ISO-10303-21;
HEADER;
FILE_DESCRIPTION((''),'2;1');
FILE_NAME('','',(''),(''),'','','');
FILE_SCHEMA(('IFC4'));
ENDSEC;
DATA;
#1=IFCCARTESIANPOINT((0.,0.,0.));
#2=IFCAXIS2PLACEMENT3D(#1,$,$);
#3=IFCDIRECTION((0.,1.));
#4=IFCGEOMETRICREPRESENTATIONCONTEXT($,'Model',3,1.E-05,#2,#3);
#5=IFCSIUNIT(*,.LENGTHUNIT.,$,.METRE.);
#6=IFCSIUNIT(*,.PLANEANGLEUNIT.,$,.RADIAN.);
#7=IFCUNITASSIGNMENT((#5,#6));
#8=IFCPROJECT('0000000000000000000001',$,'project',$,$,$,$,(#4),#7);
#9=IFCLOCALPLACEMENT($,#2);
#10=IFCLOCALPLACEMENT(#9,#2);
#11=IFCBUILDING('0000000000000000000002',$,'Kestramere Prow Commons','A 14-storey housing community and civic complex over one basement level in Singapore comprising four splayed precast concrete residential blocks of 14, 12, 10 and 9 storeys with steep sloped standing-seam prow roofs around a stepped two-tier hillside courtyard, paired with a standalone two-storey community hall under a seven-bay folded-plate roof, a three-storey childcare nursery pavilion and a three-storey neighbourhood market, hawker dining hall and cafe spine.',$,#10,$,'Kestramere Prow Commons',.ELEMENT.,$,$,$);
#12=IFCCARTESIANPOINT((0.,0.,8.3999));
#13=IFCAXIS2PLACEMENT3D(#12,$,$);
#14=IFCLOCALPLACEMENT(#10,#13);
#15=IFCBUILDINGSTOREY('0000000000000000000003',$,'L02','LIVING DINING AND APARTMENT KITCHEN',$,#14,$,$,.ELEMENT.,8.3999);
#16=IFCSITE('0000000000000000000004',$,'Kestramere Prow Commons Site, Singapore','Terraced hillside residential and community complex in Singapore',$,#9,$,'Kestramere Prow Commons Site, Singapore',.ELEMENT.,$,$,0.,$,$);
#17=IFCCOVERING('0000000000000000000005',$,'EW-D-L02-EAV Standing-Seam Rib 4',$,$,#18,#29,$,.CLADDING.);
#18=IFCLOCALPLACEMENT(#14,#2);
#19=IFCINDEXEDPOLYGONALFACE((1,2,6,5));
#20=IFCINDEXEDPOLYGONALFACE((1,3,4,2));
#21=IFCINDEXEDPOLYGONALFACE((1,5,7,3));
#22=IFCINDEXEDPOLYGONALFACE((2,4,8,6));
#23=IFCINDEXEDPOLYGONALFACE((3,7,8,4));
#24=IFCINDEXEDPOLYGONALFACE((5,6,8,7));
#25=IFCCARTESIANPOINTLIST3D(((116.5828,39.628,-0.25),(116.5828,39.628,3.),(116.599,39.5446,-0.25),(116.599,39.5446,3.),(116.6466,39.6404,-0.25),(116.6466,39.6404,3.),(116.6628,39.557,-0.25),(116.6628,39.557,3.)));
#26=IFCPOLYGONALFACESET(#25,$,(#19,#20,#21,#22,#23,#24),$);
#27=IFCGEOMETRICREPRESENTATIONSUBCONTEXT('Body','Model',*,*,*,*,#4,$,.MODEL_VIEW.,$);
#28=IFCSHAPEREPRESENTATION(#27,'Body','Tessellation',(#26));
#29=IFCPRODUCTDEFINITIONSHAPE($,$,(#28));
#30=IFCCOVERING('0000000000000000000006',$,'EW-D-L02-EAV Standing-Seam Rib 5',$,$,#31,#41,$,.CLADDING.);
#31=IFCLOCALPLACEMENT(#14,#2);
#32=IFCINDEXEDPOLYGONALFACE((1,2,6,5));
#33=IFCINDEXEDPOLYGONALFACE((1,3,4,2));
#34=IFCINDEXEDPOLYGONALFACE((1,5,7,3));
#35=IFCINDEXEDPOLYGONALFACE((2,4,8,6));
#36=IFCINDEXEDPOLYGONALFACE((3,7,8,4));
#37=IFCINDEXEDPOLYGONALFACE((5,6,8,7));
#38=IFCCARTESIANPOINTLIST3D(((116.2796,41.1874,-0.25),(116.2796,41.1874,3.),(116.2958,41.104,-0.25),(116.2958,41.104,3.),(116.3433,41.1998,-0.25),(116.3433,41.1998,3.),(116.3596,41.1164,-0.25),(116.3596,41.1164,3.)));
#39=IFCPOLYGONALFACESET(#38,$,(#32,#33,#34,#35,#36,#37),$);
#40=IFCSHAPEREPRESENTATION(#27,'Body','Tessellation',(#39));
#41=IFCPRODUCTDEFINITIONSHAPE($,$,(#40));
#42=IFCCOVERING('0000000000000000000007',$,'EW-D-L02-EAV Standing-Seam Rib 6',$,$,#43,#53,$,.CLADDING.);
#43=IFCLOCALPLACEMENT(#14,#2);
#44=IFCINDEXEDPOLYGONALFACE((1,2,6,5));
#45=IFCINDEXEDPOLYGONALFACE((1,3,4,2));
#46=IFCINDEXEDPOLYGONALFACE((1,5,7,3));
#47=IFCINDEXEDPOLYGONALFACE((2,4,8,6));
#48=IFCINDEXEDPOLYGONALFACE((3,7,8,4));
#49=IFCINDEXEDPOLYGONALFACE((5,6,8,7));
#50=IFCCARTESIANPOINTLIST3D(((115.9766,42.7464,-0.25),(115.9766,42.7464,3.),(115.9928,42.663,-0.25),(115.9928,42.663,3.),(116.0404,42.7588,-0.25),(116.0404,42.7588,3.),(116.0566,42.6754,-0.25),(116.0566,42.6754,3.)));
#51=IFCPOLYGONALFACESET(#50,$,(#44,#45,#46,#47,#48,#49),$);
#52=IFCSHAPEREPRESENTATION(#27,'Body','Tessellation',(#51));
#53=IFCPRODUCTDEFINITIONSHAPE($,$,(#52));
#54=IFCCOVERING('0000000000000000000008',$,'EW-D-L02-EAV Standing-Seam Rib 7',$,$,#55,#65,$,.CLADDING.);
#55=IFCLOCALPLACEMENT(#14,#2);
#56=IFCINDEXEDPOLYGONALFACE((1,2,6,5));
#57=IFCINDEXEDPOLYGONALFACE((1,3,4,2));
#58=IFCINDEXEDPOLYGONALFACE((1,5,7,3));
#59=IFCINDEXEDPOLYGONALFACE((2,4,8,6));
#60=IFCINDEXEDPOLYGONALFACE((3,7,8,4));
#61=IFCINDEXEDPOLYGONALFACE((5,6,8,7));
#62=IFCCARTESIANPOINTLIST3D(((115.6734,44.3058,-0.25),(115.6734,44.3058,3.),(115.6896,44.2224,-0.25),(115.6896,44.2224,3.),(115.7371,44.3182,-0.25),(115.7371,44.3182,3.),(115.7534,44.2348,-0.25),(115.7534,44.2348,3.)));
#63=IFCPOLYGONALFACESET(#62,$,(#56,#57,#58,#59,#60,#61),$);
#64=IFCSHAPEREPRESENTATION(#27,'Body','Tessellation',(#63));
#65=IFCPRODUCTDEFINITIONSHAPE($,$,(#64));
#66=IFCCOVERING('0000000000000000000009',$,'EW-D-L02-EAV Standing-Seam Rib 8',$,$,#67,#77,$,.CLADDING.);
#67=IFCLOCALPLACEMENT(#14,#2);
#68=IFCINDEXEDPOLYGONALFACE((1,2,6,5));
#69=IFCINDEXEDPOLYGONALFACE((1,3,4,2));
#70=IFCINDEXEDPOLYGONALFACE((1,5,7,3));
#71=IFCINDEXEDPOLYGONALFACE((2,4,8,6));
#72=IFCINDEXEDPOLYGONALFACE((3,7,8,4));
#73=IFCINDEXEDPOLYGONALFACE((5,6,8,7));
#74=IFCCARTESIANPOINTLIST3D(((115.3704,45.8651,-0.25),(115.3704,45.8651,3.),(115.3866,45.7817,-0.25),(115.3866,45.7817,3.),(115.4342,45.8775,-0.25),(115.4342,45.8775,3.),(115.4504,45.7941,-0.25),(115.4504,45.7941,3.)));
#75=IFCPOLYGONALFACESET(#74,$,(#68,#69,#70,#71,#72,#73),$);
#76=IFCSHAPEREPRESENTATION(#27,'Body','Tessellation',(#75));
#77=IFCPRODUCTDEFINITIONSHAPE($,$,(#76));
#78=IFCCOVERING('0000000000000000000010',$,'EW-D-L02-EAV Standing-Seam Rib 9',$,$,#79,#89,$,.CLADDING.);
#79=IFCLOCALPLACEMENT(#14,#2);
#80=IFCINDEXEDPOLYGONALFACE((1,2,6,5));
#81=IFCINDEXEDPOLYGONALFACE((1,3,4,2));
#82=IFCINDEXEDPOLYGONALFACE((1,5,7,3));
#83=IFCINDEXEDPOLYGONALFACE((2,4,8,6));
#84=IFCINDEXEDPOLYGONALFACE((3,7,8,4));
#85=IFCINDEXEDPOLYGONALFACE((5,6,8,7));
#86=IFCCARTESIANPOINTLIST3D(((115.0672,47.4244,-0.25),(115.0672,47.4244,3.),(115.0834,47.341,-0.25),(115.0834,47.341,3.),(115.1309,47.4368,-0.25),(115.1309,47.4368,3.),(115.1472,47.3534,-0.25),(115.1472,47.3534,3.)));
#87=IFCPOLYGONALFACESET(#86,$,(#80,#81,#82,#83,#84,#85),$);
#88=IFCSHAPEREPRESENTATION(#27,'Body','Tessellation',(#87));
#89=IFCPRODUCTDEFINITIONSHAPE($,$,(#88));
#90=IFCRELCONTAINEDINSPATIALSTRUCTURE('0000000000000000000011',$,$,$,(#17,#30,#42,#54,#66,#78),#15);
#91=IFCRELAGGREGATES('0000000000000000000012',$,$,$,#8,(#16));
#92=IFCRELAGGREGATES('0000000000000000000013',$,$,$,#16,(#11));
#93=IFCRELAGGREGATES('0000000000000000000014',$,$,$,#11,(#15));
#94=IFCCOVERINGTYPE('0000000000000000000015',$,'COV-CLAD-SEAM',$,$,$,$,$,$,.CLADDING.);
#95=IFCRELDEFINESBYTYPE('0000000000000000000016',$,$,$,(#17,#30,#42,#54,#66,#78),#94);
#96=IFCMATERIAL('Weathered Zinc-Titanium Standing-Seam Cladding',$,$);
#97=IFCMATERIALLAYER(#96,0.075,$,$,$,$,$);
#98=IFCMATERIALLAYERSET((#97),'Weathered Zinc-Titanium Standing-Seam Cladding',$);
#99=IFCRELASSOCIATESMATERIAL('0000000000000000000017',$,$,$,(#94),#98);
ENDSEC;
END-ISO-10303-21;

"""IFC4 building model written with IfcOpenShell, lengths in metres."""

from ifc_helpers import new_model, si_unit, direction, frame, origin, origin_2d, place, context, subcontext, project, spatial, rectangle, extrude, material, layer, layer_set, type_object, element, save


model = new_model("IFC4")

# Units and contexts
model_context = context("Model", 3, precision=1e-05, world=origin(), true_north=direction((0.0, 1.0)))
body_context = subcontext(model_context, "Body", "Model", "MODEL_VIEW")
ifc_project = project(units=[si_unit("LENGTHUNIT", "METRE"), si_unit("PLANEANGLEUNIT", "RADIAN")], contexts=[model_context])

# Site, building, storey
site_placement = place(None, origin())
site = spatial("IfcSite", under=ifc_project, at=site_placement, Name="Kestramere Prow Commons Site, Singapore", Description="Terraced hillside residential and community complex in Singapore", LongName="Kestramere Prow Commons Site, Singapore", CompositionType="ELEMENT", RefElevation=0.0)
building_placement = place(site_placement, origin())
building = spatial("IfcBuilding", under=site, at=building_placement, Name="Kestramere Prow Commons", Description="A 14-storey housing community and civic complex over one basement level in Singapore comprising four splayed precast concrete residential blocks of 14, 12, 10 and 9 storeys with steep sloped standing-seam prow roofs around a stepped two-tier hillside courtyard, paired with a standalone two-storey community hall under a seven-bay folded-plate roof, a three-storey childcare nursery pavilion and a three-storey neighbourhood market, hawker dining hall and cafe spine.", LongName="Kestramere Prow Commons", CompositionType="ELEMENT")
storey_placement = place(building_placement, frame((0.0, 0.0, 8.3999)))
storey = spatial("IfcBuildingStorey", under=building, at=storey_placement, Name="L02", Description="LIVING DINING AND APARTMENT KITCHEN", CompositionType="ELEMENT", Elevation=8.3999)

# Coverings
ifc_material_1 = material(Name="Weathered Zinc-Titanium Standing-Seam Cladding")
ifc_layer_1 = layer(ifc_material_1, 0.075)
ifc_layer_set_1 = layer_set([ifc_layer_1], Name="Weathered Zinc-Titanium Standing-Seam Cladding")
covering_type = type_object("IfcCoveringType", Name="COV-CLAD-SEAM", PredefinedType="CLADDING", material=ifc_layer_set_1)
for number, where, z_axis, x_axis, name in (
    (1, (116.6228, 39.5925, -0.25), (0.0, 0.0, 1.0), (-0.190809, 0.981627, 0.0), "EW-D-L02-EAV Standing-Seam Rib 4"),
    (2, (116.3196, 41.1519, -0.25), (0.0, 0.0, 1.0), (-0.190809, 0.981627, 0.0), "EW-D-L02-EAV Standing-Seam Rib 5"),
    (3, (116.0166, 42.7109, -0.25), (0.0, 0.0, 1.0), (-0.190809, 0.981627, 0.0), "EW-D-L02-EAV Standing-Seam Rib 6"),
    (4, (115.7134, 44.2703, -0.25), (0.0, 0.0, 1.0), (-0.190809, 0.981627, 0.0), "EW-D-L02-EAV Standing-Seam Rib 7"),
    (5, (115.4104, 45.8296, -0.25), (0.0, 0.0, 1.0), (-0.190809, 0.981627, 0.0), "EW-D-L02-EAV Standing-Seam Rib 8"),
    (6, (115.1072, 47.3889, -0.25), (0.0, 0.0, 1.0), (-0.190809, 0.981627, 0.0), "EW-D-L02-EAV Standing-Seam Rib 9"),
):
    element("IfcCovering", number, at=place(storey_placement, frame(where, z_axis=z_axis, x_axis=x_axis)), inside=storey, type_object=covering_type, Name=name, PredefinedType="CLADDING", context=body_context, shape_type="SweptSolid", body=[
        extrude(rectangle(XDim=0.085, YDim=0.0649, at=origin_2d()), origin(), (0.0, 0.0, 1.0), 3.25),
    ])

save(model, "model.ifc")
